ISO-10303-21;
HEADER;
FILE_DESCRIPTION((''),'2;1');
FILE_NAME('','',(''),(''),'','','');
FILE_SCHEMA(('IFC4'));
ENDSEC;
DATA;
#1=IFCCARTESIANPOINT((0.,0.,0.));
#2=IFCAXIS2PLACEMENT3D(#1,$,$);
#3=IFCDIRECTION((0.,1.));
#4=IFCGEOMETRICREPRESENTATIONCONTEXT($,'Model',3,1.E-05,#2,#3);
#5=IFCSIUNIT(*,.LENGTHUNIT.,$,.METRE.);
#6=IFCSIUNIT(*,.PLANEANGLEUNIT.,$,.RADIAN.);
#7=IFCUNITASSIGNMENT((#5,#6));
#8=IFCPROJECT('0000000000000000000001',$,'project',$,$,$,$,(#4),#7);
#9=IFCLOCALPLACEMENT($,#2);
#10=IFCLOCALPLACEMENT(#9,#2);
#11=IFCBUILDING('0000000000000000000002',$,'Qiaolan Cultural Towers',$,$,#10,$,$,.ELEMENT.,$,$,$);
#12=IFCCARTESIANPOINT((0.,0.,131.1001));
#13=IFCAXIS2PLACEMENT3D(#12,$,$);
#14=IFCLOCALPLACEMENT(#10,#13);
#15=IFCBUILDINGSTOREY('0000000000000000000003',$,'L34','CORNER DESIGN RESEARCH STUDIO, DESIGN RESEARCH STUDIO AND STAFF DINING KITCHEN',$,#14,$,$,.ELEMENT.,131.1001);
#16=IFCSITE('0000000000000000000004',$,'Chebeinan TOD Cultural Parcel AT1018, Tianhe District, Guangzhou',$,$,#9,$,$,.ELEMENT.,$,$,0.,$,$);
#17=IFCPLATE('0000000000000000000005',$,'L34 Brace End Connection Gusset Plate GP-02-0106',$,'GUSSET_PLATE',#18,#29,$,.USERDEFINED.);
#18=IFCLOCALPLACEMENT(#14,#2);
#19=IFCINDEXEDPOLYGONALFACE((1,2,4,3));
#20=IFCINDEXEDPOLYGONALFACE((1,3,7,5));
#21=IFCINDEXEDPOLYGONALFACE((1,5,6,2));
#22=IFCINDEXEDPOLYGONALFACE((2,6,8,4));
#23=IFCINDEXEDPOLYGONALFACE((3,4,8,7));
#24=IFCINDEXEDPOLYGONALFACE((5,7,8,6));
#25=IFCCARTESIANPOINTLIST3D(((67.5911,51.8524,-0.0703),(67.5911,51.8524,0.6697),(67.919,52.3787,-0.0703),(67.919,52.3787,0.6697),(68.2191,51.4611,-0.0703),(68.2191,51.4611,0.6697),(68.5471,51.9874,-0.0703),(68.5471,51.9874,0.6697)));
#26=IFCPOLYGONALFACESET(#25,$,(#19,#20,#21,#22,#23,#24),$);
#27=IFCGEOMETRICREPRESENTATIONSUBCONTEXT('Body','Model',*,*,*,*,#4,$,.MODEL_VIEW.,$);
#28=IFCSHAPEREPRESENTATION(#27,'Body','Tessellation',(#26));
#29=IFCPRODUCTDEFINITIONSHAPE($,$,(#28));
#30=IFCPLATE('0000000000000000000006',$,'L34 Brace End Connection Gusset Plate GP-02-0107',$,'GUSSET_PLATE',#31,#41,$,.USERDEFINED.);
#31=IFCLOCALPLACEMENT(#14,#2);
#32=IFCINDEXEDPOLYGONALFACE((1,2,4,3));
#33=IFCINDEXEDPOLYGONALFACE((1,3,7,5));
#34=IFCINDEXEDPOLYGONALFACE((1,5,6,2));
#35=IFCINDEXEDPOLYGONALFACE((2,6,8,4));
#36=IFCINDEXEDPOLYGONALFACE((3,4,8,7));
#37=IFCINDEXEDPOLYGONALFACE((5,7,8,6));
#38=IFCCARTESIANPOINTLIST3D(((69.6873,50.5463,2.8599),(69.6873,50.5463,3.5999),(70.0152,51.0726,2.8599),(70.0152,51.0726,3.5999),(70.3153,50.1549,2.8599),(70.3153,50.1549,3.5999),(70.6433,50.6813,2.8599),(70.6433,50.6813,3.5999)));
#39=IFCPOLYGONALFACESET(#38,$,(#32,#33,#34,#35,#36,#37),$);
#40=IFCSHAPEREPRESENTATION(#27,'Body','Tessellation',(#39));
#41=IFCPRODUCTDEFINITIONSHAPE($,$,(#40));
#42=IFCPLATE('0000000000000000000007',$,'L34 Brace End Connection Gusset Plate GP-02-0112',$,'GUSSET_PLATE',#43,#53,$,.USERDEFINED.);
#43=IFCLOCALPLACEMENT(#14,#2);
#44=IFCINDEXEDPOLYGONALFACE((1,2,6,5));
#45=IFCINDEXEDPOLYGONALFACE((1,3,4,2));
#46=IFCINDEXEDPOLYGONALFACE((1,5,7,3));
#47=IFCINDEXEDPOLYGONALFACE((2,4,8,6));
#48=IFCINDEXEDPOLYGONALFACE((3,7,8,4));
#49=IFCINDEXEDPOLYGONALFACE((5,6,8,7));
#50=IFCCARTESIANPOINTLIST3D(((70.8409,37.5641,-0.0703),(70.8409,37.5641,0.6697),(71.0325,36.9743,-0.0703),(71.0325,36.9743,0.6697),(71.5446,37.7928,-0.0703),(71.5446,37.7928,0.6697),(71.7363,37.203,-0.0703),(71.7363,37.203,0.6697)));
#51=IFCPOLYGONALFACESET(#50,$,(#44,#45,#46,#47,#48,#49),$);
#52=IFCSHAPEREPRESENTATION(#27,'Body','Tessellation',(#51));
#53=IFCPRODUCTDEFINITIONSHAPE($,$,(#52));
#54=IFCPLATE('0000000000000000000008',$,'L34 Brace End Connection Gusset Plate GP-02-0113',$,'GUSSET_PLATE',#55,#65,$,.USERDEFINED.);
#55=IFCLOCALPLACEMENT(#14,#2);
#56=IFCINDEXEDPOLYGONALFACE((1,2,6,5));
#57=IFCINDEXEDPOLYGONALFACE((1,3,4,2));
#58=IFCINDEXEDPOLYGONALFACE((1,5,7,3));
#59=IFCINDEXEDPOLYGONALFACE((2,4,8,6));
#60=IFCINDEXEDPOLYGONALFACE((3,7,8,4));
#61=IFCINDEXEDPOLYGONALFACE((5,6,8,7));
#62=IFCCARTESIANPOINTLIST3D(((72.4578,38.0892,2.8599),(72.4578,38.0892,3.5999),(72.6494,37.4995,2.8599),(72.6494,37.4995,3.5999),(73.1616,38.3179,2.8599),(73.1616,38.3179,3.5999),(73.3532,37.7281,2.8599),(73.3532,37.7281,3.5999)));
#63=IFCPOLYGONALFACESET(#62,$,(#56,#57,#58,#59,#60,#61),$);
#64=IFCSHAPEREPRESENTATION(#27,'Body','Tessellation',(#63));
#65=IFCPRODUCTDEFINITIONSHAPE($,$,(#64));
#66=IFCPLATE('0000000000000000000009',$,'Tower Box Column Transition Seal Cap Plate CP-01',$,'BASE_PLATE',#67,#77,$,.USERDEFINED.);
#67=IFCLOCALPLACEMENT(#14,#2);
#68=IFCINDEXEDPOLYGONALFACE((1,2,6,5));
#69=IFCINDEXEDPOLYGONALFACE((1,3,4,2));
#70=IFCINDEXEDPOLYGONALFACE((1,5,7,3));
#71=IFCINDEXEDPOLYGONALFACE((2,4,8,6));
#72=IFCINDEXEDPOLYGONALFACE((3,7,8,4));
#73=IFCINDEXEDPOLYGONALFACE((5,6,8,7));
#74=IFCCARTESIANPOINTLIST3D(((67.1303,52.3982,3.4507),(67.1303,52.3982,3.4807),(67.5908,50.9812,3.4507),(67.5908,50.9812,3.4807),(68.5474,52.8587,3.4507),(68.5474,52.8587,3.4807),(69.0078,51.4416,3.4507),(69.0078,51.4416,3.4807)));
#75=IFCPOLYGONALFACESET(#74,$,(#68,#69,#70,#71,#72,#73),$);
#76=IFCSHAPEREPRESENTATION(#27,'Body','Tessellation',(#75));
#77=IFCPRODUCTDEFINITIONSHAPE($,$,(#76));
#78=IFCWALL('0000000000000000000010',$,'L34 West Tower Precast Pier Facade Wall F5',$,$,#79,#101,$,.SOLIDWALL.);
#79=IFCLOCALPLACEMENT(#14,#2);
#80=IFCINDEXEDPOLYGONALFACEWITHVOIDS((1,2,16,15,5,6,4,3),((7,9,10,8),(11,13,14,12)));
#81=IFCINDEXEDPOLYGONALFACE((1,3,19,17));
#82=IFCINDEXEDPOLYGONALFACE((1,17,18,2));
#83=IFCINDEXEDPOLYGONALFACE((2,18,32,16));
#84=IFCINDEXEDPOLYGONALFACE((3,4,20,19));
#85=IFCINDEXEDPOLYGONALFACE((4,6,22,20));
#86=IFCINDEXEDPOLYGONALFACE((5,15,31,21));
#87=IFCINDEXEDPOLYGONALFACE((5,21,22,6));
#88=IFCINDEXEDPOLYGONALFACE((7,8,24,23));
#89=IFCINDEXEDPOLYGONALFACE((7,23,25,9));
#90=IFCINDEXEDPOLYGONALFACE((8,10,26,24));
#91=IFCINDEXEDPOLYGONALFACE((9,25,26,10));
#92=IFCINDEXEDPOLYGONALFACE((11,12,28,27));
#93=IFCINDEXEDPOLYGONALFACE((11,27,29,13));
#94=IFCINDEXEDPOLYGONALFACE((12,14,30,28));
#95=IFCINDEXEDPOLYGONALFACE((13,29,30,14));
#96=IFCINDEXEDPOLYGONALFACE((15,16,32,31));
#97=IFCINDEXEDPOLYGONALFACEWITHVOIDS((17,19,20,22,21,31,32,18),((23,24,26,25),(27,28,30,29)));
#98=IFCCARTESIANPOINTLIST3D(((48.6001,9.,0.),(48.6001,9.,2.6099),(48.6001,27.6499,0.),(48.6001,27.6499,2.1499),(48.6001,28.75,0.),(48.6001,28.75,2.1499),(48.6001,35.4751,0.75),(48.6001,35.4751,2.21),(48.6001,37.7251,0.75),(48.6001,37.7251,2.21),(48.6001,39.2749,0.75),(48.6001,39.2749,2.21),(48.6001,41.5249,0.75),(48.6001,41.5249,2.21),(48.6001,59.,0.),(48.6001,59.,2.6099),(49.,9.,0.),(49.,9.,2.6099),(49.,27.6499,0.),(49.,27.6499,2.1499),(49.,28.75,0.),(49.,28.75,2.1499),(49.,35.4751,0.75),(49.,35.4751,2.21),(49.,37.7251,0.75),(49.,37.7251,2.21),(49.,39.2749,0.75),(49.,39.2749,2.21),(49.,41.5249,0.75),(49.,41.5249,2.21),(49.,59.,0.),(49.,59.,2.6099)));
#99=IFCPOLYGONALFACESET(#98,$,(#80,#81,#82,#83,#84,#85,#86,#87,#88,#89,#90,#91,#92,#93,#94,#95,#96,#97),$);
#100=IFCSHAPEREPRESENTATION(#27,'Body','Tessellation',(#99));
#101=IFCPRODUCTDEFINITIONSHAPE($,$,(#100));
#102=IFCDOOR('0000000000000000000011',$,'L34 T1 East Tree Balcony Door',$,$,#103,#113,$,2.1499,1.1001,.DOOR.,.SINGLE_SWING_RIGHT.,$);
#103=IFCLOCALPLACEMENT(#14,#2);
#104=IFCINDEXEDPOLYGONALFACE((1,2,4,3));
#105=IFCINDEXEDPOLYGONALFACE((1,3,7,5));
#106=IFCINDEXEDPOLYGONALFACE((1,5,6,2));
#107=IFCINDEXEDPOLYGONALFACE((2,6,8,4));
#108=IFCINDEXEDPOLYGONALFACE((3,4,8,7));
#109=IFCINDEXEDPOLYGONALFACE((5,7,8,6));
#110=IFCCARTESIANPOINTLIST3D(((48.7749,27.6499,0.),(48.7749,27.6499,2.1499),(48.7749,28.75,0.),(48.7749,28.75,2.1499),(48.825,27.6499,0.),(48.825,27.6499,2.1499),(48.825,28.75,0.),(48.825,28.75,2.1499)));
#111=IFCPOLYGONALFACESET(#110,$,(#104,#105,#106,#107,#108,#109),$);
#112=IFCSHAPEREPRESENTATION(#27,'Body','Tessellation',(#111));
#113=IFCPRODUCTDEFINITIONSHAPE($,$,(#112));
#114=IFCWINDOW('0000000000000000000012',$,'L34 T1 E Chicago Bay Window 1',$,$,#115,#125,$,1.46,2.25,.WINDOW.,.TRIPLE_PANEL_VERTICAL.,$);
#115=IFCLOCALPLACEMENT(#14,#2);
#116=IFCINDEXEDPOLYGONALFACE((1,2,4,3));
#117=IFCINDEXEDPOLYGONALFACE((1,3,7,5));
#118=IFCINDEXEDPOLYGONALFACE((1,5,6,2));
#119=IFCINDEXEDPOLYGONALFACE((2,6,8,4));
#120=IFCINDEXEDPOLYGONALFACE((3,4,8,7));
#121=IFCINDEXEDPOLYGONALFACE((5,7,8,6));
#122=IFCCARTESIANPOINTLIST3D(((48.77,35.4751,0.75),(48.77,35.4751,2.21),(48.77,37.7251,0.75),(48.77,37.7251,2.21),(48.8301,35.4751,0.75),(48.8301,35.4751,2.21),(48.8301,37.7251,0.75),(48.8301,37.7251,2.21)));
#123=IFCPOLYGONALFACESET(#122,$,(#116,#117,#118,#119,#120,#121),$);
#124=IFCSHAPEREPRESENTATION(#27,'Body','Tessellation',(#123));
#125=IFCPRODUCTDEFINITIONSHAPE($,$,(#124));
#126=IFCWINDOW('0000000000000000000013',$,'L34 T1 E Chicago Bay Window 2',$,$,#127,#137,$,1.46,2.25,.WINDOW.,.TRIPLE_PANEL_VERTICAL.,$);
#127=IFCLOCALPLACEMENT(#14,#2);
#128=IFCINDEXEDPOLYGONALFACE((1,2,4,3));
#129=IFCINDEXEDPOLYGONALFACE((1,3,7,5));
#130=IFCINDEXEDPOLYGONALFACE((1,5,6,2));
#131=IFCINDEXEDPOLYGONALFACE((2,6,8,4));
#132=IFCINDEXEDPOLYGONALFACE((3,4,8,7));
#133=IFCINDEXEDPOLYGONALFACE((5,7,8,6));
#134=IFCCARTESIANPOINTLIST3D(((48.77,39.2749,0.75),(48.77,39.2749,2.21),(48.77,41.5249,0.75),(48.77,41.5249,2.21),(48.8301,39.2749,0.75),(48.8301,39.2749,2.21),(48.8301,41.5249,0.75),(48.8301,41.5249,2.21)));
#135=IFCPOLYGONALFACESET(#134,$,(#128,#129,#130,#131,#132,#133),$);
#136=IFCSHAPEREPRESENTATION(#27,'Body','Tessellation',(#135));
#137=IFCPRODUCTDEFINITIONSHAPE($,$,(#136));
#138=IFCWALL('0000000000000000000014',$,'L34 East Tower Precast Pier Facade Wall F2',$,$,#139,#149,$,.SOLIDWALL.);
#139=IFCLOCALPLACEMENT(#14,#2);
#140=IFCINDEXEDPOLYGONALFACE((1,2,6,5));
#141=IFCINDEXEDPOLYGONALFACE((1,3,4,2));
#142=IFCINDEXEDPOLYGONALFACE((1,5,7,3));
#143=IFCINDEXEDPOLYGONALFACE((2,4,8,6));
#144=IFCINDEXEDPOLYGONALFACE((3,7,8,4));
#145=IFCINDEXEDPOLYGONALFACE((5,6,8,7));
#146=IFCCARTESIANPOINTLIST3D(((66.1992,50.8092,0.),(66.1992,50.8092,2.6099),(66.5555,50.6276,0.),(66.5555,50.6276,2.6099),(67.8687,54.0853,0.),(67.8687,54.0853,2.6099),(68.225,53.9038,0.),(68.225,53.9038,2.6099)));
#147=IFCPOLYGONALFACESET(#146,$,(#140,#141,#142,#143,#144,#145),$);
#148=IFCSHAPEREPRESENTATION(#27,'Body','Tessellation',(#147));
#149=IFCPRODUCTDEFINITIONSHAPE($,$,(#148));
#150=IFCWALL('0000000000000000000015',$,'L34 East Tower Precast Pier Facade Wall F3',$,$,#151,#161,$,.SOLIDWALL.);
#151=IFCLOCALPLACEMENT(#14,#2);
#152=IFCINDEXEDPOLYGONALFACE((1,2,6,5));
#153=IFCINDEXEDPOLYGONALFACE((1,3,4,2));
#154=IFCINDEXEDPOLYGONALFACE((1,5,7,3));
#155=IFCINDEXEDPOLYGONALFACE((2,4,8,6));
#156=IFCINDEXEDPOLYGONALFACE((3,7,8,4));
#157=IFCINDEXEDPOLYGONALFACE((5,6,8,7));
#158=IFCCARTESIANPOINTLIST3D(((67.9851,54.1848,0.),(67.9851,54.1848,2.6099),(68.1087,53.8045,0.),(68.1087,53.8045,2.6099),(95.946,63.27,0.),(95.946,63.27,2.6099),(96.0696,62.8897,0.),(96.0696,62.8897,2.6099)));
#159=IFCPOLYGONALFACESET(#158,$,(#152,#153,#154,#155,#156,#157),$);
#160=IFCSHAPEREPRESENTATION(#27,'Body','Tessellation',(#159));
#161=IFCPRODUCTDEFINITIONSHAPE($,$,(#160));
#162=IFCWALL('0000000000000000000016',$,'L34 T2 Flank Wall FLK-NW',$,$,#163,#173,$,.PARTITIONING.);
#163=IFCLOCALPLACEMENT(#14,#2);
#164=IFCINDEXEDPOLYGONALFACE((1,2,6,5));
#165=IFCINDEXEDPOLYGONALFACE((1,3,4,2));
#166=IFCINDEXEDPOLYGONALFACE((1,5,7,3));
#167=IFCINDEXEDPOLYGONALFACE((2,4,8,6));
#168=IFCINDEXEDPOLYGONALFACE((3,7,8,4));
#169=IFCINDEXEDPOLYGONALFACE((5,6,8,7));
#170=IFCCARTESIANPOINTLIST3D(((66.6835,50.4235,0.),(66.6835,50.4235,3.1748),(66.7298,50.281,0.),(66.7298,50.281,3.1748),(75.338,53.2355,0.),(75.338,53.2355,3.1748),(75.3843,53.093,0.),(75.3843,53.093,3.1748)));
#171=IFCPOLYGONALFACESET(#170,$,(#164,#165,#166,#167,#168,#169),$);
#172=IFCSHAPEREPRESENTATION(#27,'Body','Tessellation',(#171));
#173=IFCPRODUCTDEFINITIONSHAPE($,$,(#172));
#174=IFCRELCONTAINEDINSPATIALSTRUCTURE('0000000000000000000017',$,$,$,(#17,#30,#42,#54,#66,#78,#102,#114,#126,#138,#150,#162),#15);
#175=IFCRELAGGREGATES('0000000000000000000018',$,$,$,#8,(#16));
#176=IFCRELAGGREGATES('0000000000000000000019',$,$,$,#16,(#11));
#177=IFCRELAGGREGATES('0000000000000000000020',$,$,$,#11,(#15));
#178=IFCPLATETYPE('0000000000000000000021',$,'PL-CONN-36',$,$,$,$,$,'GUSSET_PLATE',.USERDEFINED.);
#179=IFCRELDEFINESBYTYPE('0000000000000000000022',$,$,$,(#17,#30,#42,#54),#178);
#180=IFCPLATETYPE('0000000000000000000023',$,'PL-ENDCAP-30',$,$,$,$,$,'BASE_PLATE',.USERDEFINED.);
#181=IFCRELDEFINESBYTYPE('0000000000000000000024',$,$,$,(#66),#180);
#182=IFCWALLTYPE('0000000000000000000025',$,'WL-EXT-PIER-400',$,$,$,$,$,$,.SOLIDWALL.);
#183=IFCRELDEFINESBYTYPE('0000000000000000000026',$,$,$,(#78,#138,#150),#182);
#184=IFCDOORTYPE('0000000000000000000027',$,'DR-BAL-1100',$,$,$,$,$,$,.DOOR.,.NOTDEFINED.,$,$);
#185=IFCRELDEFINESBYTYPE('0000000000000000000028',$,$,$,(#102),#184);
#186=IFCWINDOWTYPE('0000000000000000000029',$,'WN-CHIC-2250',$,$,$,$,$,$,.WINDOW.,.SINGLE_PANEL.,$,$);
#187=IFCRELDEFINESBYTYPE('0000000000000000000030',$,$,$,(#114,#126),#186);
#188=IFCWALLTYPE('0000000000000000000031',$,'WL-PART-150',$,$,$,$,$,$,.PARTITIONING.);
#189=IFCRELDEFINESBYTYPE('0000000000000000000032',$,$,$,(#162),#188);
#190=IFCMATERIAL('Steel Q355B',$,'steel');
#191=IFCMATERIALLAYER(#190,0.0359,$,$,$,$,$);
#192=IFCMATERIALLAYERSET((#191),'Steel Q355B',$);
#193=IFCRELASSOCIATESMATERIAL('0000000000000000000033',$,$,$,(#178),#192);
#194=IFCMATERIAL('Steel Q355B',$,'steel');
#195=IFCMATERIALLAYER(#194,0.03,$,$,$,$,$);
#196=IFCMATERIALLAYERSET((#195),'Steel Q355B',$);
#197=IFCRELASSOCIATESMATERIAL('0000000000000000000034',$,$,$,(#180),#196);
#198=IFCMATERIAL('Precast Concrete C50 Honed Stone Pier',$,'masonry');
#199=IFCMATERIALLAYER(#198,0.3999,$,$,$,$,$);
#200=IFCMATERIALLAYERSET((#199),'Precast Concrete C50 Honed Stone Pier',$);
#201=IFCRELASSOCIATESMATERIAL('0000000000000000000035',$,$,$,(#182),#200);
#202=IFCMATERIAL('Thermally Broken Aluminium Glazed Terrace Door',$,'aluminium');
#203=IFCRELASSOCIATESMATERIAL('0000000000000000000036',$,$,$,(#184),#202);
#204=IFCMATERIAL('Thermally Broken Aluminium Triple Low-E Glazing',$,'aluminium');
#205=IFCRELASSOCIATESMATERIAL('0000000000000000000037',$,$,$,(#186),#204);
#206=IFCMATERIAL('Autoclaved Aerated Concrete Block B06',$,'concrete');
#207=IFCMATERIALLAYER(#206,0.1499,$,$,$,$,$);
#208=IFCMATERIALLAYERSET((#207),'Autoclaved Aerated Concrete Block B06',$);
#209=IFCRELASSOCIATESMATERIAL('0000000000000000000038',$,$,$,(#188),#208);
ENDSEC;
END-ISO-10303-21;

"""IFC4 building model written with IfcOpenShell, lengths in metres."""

from ifc_helpers import new_model, si_unit, direction, frame, frame_2d, origin, origin_2d, place, context, subcontext, project, spatial, rectangle, extrude, material, layer, layer_set, type_object, element, fill, save


model = new_model("IFC4")

# Units and contexts
model_context = context("Model", 3, precision=1e-05, world=origin(), true_north=direction((0.0, 1.0)))
body_context = subcontext(model_context, "Body", "Model", "MODEL_VIEW")
ifc_project = project(units=[si_unit("LENGTHUNIT", "METRE"), si_unit("PLANEANGLEUNIT", "RADIAN")], contexts=[model_context])

# Site, building, storey
site_placement = place(None, origin())
site = spatial("IfcSite", under=ifc_project, at=site_placement, Name="Chebeinan TOD Cultural Parcel AT1018, Tianhe District, Guangzhou", CompositionType="ELEMENT", RefElevation=0.0)
building_placement = place(site_placement, origin())
building = spatial("IfcBuilding", under=site, at=building_placement, Name="Qiaolan Cultural Towers", CompositionType="ELEMENT")
storey_placement = place(building_placement, frame((0.0, 0.0, 131.1001)))
storey = spatial("IfcBuildingStorey", under=building, at=storey_placement, Name="L34", Description="CORNER DESIGN RESEARCH STUDIO, DESIGN RESEARCH STUDIO AND STAFF DINING KITCHEN", CompositionType="ELEMENT", Elevation=131.1001)

# Plates
ifc_material_1 = material(Name="Steel Q355B", Category="steel")
ifc_layer_1 = layer(ifc_material_1, 0.0359)
ifc_layer_set_1 = layer_set([ifc_layer_1], Name="Steel Q355B")
plate_type_1 = type_object("IfcPlateType", Name="PL-CONN-36", ElementType="GUSSET_PLATE", PredefinedType="USERDEFINED", material=ifc_layer_set_1)
for number, where, z_axis, x_axis, name in (
    (1, (68.0691, 51.9199, -0.0703), (0.0, 0.0, 1.0), (-0.848722, 0.52884, 0.0), "L34 Brace End Connection Gusset Plate GP-02-0106"),
    (2, (70.1653, 50.6138, 2.8599), (0.0, 0.0, 1.0), (-0.848722, 0.52884, 0.0), "L34 Brace End Connection Gusset Plate GP-02-0107"),
    (3, (71.2886, 37.3835, -0.0703), (0.0, 0.0, 1.0), (0.951056, 0.309017, 0.0), "L34 Brace End Connection Gusset Plate GP-02-0112"),
    (4, (72.9055, 37.9087, 2.8599), (0.0, 0.0, 1.0), (0.951056, 0.309017, 0.0), "L34 Brace End Connection Gusset Plate GP-02-0113"),
):
    element("IfcPlate", number, at=place(storey_placement, frame(where, z_axis=z_axis, x_axis=x_axis)), inside=storey, type_object=plate_type_1, Name=name, ObjectType="GUSSET_PLATE", PredefinedType="USERDEFINED", context=body_context, shape_type="SweptSolid", body=[
        extrude(rectangle(XDim=0.74, YDim=0.6201, at=origin_2d()), origin(), (0.0, 0.0, 1.0), 0.74),
    ])
ifc_material_2 = material(Name="Steel Q355B", Category="steel")
ifc_layer_2 = layer(ifc_material_2, 0.03)
ifc_layer_set_2 = layer_set([ifc_layer_2], Name="Steel Q355B")
plate_type_2 = type_object("IfcPlateType", Name="PL-ENDCAP-30", ElementType="BASE_PLATE", PredefinedType="USERDEFINED", material=ifc_layer_set_2)
plate_placement = place(storey_placement, frame((68.0691, 51.9199, 3.4507), z_axis=(0.0, 0.0, 1.0), x_axis=(0.951057, 0.309017, 0.0)))
element("IfcPlate", 5, at=plate_placement, inside=storey, type_object=plate_type_2, Name="Tower Box Column Transition Seal Cap Plate CP-01", ObjectType="BASE_PLATE", PredefinedType="USERDEFINED", context=body_context, shape_type="SweptSolid", body=[
    extrude(rectangle(XDim=1.49, YDim=1.49, at=origin_2d()), origin(), (0.0, 0.0, 1.0), 0.03),
])

# Wall, openings, door, windows
ifc_material_3 = material(Name="Precast Concrete C50 Honed Stone Pier", Category="masonry")
ifc_layer_3 = layer(ifc_material_3, 0.3999)
ifc_layer_set_3 = layer_set([ifc_layer_3], Name="Precast Concrete C50 Honed Stone Pier")
wall_type_1 = type_object("IfcWallType", Name="WL-EXT-PIER-400", PredefinedType="SOLIDWALL", material=ifc_layer_set_3)
wall_1_placement = place(storey_placement, frame((48.8, 59.0, 0.0), z_axis=(0.0, 0.0, 1.0), x_axis=(0.0, -1.0, 0.0)))
wall_1 = element("IfcWall", 6, at=wall_1_placement, inside=storey, type_object=wall_type_1, Name="L34 West Tower Precast Pier Facade Wall F5", PredefinedType="SOLIDWALL", context=body_context, shape_type="SweptSolid", body=[
    extrude(rectangle(XDim=50.0, YDim=0.3999, at=frame_2d((25.0, 0.0))), origin(), (0.0, 0.0, 1.0), 2.6099),
])
opening_1_placement = place(wall_1_placement, frame((21.2749, 0.0, 0.75)))
opening_1 = element("IfcOpeningElement", 7, at=opening_1_placement, cuts=wall_1, PredefinedType="OPENING", context=body_context, shape_type="SweptSolid", body=[
    extrude(rectangle(XDim=2.25, YDim=1.46, at=frame_2d((1.125, 0.73))), frame((0.0, 0.21, 0.0), z_axis=(0.0, -1.0, 0.0), x_axis=(1.0, 0.0, 0.0)), (0.0, 0.0, 1.0), 0.4199),
])
opening_2_placement = place(wall_1_placement, frame((17.4751, 0.0, 0.75)))
opening_2 = element("IfcOpeningElement", 8, at=opening_2_placement, cuts=wall_1, PredefinedType="OPENING", context=body_context, shape_type="SweptSolid", body=[
    extrude(rectangle(XDim=2.25, YDim=1.46, at=frame_2d((1.125, 0.73))), frame((0.0, 0.21, 0.0), z_axis=(0.0, -1.0, 0.0), x_axis=(1.0, 0.0, 0.0)), (0.0, 0.0, 1.0), 0.4199),
])
opening_3_placement = place(wall_1_placement, frame((30.25, 0.0, 0.0)))
opening_3 = element("IfcOpeningElement", 9, at=opening_3_placement, cuts=wall_1, PredefinedType="OPENING", context=body_context, shape_type="SweptSolid", body=[
    extrude(rectangle(XDim=1.1001, YDim=2.1499, at=frame_2d((0.55, 1.075))), frame((0.0, 0.21, 0.0), z_axis=(0.0, -1.0, 0.0), x_axis=(1.0, 0.0, 0.0)), (0.0, 0.0, 1.0), 0.4199),
])
ifc_material_4 = material(Name="Thermally Broken Aluminium Glazed Terrace Door", Category="aluminium")
door_type_1 = type_object("IfcDoorType", Name="DR-BAL-1100", OperationType="NOTDEFINED", PredefinedType="DOOR", material=ifc_material_4)
door_1_placement = place(opening_3_placement, origin())
door_1 = element("IfcDoor", 10, at=door_1_placement, inside=storey, type_object=door_type_1, Name="L34 T1 East Tree Balcony Door", OperationType="SINGLE_SWING_RIGHT", OverallHeight=2.1499, OverallWidth=1.1001, PredefinedType="DOOR", context=body_context, shape_type="SweptSolid", body=[
    extrude(rectangle(XDim=1.1001, YDim=2.1499, at=frame_2d((0.55, 1.075))), frame((0.0, 0.0249, 0.0), z_axis=(0.0, -1.0, 0.0), x_axis=(1.0, 0.0, 0.0)), (0.0, 0.0, 1.0), 0.05),
])
fill(opening_3, door_1)
ifc_material_5 = material(Name="Thermally Broken Aluminium Triple Low-E Glazing", Category="aluminium")
window_type = type_object("IfcWindowType", Name="WN-CHIC-2250", PartitioningType="SINGLE_PANEL", PredefinedType="WINDOW", material=ifc_material_5)
window_1_placement = place(opening_1_placement, origin())
window_1 = element("IfcWindow", 11, at=window_1_placement, inside=storey, type_object=window_type, Name="L34 T1 E Chicago Bay Window 1", OverallHeight=1.46, OverallWidth=2.25, PartitioningType="TRIPLE_PANEL_VERTICAL", PredefinedType="WINDOW", context=body_context, shape_type="SweptSolid", body=[
    extrude(rectangle(XDim=2.25, YDim=1.46, at=frame_2d((1.125, 0.73))), frame((0.0, 0.03, 0.0), z_axis=(0.0, -1.0, 0.0), x_axis=(1.0, 0.0, 0.0)), (0.0, 0.0, 1.0), 0.0601),
])
fill(opening_1, window_1)
window_2_placement = place(opening_2_placement, origin())
window_2 = element("IfcWindow", 12, at=window_2_placement, inside=storey, type_object=window_type, Name="L34 T1 E Chicago Bay Window 2", OverallHeight=1.46, OverallWidth=2.25, PartitioningType="TRIPLE_PANEL_VERTICAL", PredefinedType="WINDOW", context=body_context, shape_type="SweptSolid", body=[
    extrude(rectangle(XDim=2.25, YDim=1.46, at=frame_2d((1.125, 0.73))), frame((0.0, 0.03, 0.0), z_axis=(0.0, -1.0, 0.0), x_axis=(1.0, 0.0, 0.0)), (0.0, 0.0, 1.0), 0.0601),
])
fill(opening_2, window_2)

# Walls
wall_2_placement = place(storey_placement, frame((66.3774, 50.7185, 0.0), z_axis=(0.0, 0.0, 1.0), x_axis=(0.454026, 0.890988, 0.0)))
element("IfcWall", 13, at=wall_2_placement, inside=storey, type_object=wall_type_1, Name="L34 East Tower Precast Pier Facade Wall F2", PredefinedType="SOLIDWALL", context=body_context, shape_type="SweptSolid", body=[
    extrude(rectangle(XDim=3.677, YDim=0.3999, at=frame_2d((1.8384, 0.0))), origin(), (0.0, 0.0, 1.0), 2.6099),
])
wall_3_placement = place(storey_placement, frame((68.0469, 53.9946, 0.0), z_axis=(0.0, 0.0, 1.0), x_axis=(0.951055, 0.309021, 0.0)))
element("IfcWall", 14, at=wall_3_placement, inside=storey, type_object=wall_type_1, Name="L34 East Tower Precast Pier Facade Wall F3", PredefinedType="SOLIDWALL", context=body_context, shape_type="SweptSolid", body=[
    extrude(rectangle(XDim=29.3999, YDim=0.3999, at=frame_2d((14.7, 0.0))), origin(), (0.0, 0.0, 1.0), 2.6099),
])
ifc_material_6 = material(Name="Autoclaved Aerated Concrete Block B06", Category="concrete")
ifc_layer_4 = layer(ifc_material_6, 0.1499)
ifc_layer_set_4 = layer_set([ifc_layer_4], Name="Autoclaved Aerated Concrete Block B06")
wall_type_2 = type_object("IfcWallType", Name="WL-PART-150", PredefinedType="PARTITIONING", material=ifc_layer_set_4)
wall_4_placement = place(storey_placement, frame((66.7068, 50.3523, 0.0), z_axis=(0.0, 0.0, 1.0), x_axis=(0.951057, 0.309015, 0.0)))
element("IfcWall", 15, at=wall_4_placement, inside=storey, type_object=wall_type_2, Name="L34 T2 Flank Wall FLK-NW", PredefinedType="PARTITIONING", context=body_context, shape_type="SweptSolid", body=[
    extrude(rectangle(XDim=9.0999, YDim=0.1499, at=frame_2d((4.5498, 0.0))), origin(), (0.0, 0.0, 1.0), 3.1748),
])

save(model, "model.ifc")
